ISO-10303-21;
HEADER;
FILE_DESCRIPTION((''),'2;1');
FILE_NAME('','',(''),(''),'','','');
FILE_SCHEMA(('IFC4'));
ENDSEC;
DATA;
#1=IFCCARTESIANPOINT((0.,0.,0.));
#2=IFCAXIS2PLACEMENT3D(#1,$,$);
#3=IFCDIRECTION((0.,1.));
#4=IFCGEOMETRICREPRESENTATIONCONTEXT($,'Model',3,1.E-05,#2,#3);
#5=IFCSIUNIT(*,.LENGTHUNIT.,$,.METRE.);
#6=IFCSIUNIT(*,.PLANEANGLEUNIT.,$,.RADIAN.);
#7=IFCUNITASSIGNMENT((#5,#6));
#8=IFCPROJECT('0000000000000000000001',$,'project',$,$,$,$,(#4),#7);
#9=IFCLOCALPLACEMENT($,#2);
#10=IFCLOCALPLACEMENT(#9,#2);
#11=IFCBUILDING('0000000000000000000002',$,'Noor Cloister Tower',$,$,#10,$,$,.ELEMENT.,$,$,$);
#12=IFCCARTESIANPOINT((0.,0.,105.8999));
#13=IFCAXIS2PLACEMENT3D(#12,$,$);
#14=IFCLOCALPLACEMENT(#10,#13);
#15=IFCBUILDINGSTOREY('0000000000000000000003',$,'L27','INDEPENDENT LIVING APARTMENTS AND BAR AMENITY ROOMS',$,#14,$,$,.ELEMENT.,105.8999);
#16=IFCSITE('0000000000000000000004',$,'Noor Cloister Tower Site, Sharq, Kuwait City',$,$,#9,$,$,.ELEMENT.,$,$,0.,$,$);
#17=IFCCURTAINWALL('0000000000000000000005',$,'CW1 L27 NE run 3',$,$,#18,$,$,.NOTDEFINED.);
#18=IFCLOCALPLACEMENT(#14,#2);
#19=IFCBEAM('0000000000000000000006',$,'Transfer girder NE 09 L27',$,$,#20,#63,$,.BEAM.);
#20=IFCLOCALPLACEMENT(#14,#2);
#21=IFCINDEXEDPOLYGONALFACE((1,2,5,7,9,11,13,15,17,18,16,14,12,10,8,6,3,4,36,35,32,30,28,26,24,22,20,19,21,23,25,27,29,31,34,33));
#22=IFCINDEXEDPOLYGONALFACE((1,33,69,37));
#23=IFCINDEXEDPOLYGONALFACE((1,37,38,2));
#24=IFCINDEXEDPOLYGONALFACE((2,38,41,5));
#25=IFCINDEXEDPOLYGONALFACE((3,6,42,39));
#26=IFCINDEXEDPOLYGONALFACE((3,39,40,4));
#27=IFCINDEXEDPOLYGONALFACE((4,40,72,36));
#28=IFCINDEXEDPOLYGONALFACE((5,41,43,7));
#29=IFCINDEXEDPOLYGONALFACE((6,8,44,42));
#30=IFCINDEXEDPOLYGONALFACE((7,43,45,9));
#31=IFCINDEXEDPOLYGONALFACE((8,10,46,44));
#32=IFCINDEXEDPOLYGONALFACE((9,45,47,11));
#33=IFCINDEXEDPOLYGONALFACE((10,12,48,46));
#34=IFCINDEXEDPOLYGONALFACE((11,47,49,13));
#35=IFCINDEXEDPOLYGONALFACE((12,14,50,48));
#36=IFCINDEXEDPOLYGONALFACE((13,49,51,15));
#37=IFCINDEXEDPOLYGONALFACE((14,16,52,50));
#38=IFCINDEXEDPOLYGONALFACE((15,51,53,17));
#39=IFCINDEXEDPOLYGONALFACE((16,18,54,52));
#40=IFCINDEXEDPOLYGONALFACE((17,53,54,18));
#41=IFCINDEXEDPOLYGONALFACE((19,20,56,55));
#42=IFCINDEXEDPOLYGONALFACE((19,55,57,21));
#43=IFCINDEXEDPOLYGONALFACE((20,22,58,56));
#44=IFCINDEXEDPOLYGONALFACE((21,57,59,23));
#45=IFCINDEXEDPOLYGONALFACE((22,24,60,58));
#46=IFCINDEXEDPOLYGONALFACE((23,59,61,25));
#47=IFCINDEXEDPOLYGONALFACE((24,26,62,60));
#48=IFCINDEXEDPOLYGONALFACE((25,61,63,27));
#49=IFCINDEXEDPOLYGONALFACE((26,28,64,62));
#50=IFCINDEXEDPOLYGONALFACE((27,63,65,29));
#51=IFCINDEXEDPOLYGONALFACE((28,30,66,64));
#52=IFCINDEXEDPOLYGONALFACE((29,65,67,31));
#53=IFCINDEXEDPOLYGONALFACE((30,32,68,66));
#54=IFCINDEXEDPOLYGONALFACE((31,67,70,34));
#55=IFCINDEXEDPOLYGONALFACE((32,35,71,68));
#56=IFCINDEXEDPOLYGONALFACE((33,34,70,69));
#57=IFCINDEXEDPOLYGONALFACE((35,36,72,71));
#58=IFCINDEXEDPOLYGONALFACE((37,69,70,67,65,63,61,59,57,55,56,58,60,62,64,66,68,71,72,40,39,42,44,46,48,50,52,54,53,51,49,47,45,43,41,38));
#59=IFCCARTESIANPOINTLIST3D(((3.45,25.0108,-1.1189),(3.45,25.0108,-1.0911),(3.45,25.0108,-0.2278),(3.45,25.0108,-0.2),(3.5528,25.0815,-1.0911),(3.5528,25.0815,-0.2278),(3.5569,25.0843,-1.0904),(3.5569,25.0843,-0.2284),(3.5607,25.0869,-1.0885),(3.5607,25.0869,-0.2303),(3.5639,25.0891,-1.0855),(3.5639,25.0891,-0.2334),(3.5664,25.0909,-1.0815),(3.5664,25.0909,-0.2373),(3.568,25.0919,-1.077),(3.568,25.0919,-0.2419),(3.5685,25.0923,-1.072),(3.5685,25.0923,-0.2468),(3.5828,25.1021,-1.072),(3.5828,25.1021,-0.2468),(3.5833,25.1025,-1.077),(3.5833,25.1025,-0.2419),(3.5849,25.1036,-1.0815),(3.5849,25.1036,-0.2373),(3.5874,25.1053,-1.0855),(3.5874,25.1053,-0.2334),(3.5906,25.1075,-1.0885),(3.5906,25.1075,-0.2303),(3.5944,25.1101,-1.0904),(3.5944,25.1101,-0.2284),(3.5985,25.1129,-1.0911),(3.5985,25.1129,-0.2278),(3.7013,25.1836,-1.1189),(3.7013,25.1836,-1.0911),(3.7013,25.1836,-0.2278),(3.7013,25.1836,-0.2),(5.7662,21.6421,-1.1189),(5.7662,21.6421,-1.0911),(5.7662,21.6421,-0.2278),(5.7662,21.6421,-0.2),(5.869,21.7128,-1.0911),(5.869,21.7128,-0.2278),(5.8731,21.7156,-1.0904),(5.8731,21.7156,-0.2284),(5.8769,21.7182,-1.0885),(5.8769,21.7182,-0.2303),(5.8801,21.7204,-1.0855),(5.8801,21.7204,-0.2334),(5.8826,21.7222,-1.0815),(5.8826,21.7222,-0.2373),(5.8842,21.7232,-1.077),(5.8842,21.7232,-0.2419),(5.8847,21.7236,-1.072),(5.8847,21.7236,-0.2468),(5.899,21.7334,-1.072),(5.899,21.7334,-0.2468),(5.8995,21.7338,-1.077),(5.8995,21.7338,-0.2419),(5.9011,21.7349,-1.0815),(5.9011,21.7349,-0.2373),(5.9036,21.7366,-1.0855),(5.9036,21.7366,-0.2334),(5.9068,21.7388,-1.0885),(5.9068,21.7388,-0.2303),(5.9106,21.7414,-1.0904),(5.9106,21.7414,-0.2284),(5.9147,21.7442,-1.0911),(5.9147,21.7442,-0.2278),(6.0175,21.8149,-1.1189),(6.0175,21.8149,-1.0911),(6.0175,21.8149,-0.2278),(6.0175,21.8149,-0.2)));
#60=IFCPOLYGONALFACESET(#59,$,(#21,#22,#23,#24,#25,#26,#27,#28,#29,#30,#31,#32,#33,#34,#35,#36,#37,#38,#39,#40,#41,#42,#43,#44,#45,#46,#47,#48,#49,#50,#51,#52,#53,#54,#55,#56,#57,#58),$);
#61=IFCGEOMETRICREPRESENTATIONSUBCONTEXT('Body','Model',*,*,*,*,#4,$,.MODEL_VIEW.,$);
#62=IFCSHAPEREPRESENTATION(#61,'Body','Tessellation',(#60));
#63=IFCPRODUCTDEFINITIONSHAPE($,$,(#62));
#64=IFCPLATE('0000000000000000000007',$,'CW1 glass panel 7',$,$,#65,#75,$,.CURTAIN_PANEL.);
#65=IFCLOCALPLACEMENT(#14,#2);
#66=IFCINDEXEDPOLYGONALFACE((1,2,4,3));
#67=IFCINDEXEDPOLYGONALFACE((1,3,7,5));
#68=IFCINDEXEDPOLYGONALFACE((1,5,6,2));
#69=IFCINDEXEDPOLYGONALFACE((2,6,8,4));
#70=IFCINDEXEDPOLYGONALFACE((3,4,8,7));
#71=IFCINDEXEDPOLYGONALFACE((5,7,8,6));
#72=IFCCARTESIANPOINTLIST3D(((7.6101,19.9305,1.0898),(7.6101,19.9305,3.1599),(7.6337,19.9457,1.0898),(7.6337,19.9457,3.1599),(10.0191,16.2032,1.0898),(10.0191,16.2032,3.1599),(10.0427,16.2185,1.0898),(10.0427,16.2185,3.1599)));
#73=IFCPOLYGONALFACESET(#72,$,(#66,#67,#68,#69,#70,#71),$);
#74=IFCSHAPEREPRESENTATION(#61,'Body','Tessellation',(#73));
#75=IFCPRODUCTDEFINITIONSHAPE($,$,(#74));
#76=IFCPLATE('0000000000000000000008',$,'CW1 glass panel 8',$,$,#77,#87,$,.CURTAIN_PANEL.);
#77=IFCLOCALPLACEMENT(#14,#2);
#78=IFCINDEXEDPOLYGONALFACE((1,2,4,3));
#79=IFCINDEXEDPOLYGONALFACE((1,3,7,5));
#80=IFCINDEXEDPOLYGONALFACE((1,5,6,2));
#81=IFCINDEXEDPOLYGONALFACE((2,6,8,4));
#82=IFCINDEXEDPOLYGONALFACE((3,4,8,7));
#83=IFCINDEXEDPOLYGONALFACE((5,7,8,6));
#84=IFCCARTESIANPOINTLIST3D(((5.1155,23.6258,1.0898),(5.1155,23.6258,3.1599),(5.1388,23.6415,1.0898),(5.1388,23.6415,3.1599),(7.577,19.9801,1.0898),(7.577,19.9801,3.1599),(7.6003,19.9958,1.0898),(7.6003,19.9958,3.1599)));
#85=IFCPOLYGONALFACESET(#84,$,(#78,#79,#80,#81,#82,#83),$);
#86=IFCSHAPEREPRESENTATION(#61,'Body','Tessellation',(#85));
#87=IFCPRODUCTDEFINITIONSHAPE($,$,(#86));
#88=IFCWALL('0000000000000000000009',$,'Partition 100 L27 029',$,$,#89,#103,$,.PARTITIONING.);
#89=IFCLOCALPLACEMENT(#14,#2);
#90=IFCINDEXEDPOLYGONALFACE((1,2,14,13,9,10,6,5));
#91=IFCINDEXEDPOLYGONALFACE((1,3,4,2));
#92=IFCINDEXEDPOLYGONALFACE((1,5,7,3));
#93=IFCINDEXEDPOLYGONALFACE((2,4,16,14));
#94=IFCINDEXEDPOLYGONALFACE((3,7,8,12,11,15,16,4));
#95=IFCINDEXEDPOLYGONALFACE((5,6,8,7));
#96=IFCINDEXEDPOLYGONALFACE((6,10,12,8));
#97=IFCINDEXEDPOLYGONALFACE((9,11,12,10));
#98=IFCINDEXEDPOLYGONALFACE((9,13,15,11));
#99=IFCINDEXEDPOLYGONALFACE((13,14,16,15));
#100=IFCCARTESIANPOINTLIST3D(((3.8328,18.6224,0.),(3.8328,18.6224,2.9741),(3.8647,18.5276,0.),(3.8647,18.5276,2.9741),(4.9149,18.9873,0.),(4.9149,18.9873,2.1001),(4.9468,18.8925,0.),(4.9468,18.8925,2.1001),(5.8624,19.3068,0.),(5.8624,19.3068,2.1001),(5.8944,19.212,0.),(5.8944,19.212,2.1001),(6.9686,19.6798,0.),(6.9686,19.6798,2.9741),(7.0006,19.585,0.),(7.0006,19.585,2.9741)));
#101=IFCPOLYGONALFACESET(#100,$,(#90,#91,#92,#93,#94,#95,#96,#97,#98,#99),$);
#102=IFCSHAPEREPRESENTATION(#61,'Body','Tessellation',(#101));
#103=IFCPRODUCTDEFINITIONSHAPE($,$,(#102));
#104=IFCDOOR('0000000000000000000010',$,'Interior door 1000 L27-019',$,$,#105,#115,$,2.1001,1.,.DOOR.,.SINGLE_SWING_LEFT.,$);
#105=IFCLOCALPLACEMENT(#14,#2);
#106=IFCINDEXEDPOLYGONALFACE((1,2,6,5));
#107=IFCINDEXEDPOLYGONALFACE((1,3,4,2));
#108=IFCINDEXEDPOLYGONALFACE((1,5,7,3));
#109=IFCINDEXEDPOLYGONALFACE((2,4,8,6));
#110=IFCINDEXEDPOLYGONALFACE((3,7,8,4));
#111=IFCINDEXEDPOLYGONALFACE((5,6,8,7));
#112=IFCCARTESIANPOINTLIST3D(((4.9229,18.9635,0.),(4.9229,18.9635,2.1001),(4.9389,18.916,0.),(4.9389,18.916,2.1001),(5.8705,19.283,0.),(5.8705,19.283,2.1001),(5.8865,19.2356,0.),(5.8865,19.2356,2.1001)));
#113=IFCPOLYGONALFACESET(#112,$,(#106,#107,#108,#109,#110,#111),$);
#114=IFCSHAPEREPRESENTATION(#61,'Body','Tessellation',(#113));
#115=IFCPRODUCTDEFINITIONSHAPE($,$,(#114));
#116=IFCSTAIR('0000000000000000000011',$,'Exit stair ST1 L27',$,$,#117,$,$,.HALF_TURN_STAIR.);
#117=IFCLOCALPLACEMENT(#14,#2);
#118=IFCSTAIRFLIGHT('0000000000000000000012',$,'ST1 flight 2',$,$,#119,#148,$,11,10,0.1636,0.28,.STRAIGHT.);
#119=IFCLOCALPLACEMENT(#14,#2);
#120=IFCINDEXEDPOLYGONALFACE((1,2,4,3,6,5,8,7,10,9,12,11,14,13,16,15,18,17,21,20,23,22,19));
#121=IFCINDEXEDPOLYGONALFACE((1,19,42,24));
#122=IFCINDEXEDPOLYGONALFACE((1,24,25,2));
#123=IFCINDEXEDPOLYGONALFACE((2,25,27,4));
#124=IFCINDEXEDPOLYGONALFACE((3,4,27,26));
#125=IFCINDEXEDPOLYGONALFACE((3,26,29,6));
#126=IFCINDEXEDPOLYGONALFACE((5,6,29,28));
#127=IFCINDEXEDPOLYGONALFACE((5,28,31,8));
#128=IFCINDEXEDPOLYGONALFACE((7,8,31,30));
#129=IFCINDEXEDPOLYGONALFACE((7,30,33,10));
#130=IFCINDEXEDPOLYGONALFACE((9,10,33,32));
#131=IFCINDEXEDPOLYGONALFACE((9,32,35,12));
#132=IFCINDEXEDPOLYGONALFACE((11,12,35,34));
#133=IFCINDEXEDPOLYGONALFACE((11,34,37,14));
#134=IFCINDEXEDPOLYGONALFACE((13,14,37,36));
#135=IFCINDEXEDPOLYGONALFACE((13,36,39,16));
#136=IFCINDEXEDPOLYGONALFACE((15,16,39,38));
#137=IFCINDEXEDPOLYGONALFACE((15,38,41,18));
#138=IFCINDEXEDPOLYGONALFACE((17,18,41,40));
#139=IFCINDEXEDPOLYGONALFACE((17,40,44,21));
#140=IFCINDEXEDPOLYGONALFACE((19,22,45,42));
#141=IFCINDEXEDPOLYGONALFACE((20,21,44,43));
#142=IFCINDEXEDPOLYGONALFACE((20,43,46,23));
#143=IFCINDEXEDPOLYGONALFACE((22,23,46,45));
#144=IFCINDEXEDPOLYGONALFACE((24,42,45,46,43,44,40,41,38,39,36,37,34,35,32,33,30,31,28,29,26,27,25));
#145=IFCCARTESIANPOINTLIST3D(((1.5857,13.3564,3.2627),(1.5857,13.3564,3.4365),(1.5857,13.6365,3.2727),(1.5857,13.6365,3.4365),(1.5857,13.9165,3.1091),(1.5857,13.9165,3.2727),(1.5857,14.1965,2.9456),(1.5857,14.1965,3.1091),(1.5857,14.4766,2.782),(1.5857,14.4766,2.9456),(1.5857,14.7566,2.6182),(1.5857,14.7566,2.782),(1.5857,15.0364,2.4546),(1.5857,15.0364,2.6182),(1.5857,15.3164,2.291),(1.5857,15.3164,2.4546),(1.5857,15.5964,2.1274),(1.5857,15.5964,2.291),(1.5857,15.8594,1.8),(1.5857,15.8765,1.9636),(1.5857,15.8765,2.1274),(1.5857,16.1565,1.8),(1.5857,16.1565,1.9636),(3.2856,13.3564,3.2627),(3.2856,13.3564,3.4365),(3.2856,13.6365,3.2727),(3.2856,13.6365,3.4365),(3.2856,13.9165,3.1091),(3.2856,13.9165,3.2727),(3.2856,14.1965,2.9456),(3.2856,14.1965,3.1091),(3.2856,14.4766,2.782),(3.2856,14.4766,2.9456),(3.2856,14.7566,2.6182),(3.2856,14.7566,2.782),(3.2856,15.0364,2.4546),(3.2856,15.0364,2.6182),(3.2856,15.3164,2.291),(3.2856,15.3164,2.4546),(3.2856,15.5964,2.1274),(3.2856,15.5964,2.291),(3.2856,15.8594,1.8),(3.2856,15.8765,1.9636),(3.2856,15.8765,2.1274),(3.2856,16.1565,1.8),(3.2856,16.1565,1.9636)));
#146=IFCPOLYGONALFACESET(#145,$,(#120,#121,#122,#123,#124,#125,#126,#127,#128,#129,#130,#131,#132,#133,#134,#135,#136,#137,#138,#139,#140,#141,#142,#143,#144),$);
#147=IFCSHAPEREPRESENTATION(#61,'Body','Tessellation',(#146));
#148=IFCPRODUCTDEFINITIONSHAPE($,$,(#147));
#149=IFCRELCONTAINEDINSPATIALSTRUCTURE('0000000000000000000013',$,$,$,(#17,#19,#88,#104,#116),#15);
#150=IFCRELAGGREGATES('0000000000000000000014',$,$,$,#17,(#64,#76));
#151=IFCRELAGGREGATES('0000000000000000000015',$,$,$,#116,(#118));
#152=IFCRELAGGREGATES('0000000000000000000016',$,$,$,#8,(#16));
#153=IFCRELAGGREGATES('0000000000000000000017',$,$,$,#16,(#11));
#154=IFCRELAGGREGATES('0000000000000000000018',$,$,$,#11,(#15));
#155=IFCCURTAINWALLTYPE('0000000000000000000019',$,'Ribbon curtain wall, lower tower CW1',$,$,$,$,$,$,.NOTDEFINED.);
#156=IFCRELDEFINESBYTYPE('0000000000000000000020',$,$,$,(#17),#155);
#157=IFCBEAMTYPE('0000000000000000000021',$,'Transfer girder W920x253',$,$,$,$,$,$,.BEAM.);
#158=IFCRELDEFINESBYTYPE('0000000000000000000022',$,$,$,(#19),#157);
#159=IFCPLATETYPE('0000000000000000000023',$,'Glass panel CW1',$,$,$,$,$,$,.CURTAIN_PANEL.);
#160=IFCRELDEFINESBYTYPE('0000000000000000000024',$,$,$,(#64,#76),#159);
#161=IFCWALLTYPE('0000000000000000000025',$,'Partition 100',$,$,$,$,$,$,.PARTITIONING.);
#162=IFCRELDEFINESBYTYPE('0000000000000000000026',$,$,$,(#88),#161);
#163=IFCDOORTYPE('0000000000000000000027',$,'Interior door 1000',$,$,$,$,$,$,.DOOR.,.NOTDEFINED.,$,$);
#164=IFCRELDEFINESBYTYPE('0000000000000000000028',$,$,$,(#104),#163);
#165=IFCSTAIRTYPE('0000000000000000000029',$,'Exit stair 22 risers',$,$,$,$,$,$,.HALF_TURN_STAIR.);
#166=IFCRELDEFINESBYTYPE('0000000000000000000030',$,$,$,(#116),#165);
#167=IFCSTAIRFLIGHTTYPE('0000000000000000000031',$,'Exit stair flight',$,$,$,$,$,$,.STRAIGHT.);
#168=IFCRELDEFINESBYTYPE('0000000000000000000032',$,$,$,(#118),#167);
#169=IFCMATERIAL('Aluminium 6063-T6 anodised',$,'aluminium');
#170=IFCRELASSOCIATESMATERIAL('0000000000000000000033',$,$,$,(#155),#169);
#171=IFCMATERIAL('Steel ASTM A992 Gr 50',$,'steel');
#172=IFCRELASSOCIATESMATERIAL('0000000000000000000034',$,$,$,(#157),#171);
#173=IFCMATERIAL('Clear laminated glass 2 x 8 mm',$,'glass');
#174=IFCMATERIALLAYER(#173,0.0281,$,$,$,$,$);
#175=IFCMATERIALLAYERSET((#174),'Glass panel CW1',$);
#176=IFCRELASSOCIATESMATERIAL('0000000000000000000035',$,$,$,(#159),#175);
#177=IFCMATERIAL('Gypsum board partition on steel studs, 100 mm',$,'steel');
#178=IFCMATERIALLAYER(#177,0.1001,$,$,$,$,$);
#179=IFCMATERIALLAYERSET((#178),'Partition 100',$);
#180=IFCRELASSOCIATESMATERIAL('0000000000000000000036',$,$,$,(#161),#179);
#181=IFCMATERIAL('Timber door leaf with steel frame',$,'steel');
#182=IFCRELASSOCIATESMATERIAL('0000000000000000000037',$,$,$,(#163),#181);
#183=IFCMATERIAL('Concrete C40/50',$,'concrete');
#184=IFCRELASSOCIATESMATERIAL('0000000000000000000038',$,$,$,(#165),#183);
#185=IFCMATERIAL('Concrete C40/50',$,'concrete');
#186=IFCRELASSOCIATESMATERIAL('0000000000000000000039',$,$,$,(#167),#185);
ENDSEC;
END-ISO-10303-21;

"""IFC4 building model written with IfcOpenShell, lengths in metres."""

from ifc_helpers import new_model, si_unit, direction, frame, frame_2d, origin, origin_2d, place, context, subcontext, project, spatial, polyline, rectangle, i_section, outline, extrude, material, layer, layer_set, material_profile, profile_set, type_object, element, fill, aggregate, save


model = new_model("IFC4")

# Units and contexts
model_context = context("Model", 3, precision=1e-05, world=origin(), true_north=direction((0.0, 1.0)))
body_context = subcontext(model_context, "Body", "Model", "MODEL_VIEW")
ifc_project = project(units=[si_unit("LENGTHUNIT", "METRE"), si_unit("PLANEANGLEUNIT", "RADIAN")], contexts=[model_context])

# Site, building, storey
site_placement = place(None, origin())
site = spatial("IfcSite", under=ifc_project, at=site_placement, Name="Noor Cloister Tower Site, Sharq, Kuwait City", CompositionType="ELEMENT", RefElevation=0.0)
building_placement = place(site_placement, origin())
building = spatial("IfcBuilding", under=site, at=building_placement, Name="Noor Cloister Tower", CompositionType="ELEMENT")
storey_placement = place(building_placement, frame((0.0, 0.0, 105.8999)))
storey = spatial("IfcBuildingStorey", under=building, at=storey_placement, Name="L27", Description="INDEPENDENT LIVING APARTMENTS AND BAR AMENITY ROOMS", CompositionType="ELEMENT", Elevation=105.8999)

# Curtain wall
ifc_material_1 = material(Name="Aluminium 6063-T6 anodised", Category="aluminium")
curtain_wall_type = type_object("IfcCurtainWallType", Name="Ribbon curtain wall, lower tower CW1", PredefinedType="NOTDEFINED", material=ifc_material_1)
curtain_wall_placement = place(storey_placement, origin())
curtain_wall = element("IfcCurtainWall", 1, at=curtain_wall_placement, inside=storey, type_object=curtain_wall_type, Name="CW1 L27 NE run 3", PredefinedType="NOTDEFINED")

# Beam
ifc_material_2 = material(Name="Steel ASTM A992 Gr 50", Category="steel")
ifc_material_profile_1 = material_profile(ifc_material_2, i_section(OverallWidth=0.3049, OverallDepth=0.9189, WebThickness=0.0173, FlangeThickness=0.0278, FilletRadius=0.019, at=origin_2d()), Name="W920x253")
ifc_profile_set_1 = profile_set([ifc_material_profile_1], Name="Steel ASTM A992 Gr 50")
beam_type_1 = type_object("IfcBeamType", Name="Transfer girder W920x253", PredefinedType="BEAM", material=ifc_profile_set_1)
beam_1_placement = place(storey_placement, frame((5.8918, 21.7285, -0.6594), z_axis=(-0.566564, 0.824018, 0.0), x_axis=(-0.824018, -0.566564, 0.0)))
element("IfcBeam", 2, at=beam_1_placement, inside=storey, type_object=beam_type_1, Name="Transfer girder NE 09 L27", PredefinedType="BEAM", context=body_context, shape_type="SweptSolid", body=[
    extrude(i_section(OverallWidth=0.3049, OverallDepth=0.9189, WebThickness=0.0173, FlangeThickness=0.0278, FilletRadius=0.019, at=origin_2d()), origin(), (0.0, 0.0, 1.0), 4.0881),
])

# Plates
ifc_material_3 = material(Name="Clear laminated glass 2 x 8 mm", Category="glass")
ifc_layer_1 = layer(ifc_material_3, 0.0281)
ifc_layer_set_1 = layer_set([ifc_layer_1], Name="Glass panel CW1")
plate_type = type_object("IfcPlateType", Name="Glass panel CW1", PredefinedType="CURTAIN_PANEL", material=ifc_layer_set_1)
plate_1_placement = place(storey_placement, frame((8.8264, 18.0745, 1.0898), z_axis=(0.0, 0.0, 1.0), x_axis=(-0.542824, 0.839847, 0.0)))
plate_1 = element("IfcPlate", 3, at=plate_1_placement, type_object=plate_type, Name="CW1 glass panel 7", PredefinedType="CURTAIN_PANEL", context=body_context, shape_type="SweptSolid", body=[
    extrude(rectangle(XDim=4.438, YDim=0.0281, at=origin_2d()), origin(), (0.0, 0.0, 1.0), 2.0701),
])
plate_2_placement = place(storey_placement, frame((6.3579, 21.8108, 1.0898), z_axis=(0.0, 0.0, 1.0), x_axis=(-0.559576, 0.828779, 0.0)))
plate_2 = element("IfcPlate", 4, at=plate_2_placement, type_object=plate_type, Name="CW1 glass panel 8", PredefinedType="CURTAIN_PANEL", context=body_context, shape_type="SweptSolid", body=[
    extrude(rectangle(XDim=4.3989, YDim=0.0281, at=origin_2d()), origin(), (0.0, 0.0, 1.0), 2.0701),
])
aggregate(curtain_wall, [plate_1, plate_2])

# Wall, opening, door
ifc_material_4 = material(Name="Gypsum board partition on steel studs, 100 mm", Category="steel")
ifc_layer_2 = layer(ifc_material_4, 0.1001)
ifc_layer_set_2 = layer_set([ifc_layer_2], Name="Partition 100")
wall_type = type_object("IfcWallType", Name="Partition 100", PredefinedType="PARTITIONING", material=ifc_layer_set_2)
wall_placement = place(storey_placement, frame((3.8486, 18.575, 0.0), z_axis=(0.0, 0.0, 1.0), x_axis=(0.947578, 0.319524, 0.0)))
wall = element("IfcWall", 5, at=wall_placement, inside=storey, type_object=wall_type, Name="Partition 100 L27 029", PredefinedType="PARTITIONING", context=body_context, shape_type="SweptSolid", body=[
    extrude(rectangle(XDim=3.3093, YDim=0.1001, at=frame_2d((1.6548, 0.0))), origin(), (0.0, 0.0, 1.0), 2.9741),
])
opening_placement = place(wall_placement, frame((1.1421, 0.0, 0.0)))
opening = element("IfcOpeningElement", 6, at=opening_placement, cuts=wall, PredefinedType="OPENING", context=body_context, shape_type="SweptSolid", body=[
    extrude(rectangle(XDim=1.0, YDim=2.1001, at=frame_2d((0.5, 1.05))), frame((0.0, 0.0601, 0.0), z_axis=(0.0, -1.0, 0.0), x_axis=(1.0, 0.0, 0.0)), (0.0, 0.0, 1.0), 0.1201),
])
ifc_material_5 = material(Name="Timber door leaf with steel frame", Category="steel")
door_type = type_object("IfcDoorType", Name="Interior door 1000", OperationType="NOTDEFINED", PredefinedType="DOOR", material=ifc_material_5)
door_placement = place(opening_placement, origin())
door = element("IfcDoor", 7, at=door_placement, inside=storey, type_object=door_type, Name="Interior door 1000 L27-019", OperationType="SINGLE_SWING_LEFT", OverallHeight=2.1001, OverallWidth=1.0, PredefinedType="DOOR", context=body_context, shape_type="SweptSolid", body=[
    extrude(rectangle(XDim=1.0, YDim=2.1001, at=frame_2d((0.5, 1.05))), frame((0.0, 0.0249, 0.0), z_axis=(0.0, -1.0, 0.0), x_axis=(1.0, 0.0, 0.0)), (0.0, 0.0, 1.0), 0.05),
])
fill(opening, door)

# Stair, stair flight
ifc_material_6 = material(Name="Concrete C40/50", Category="concrete")
stair_type = type_object("IfcStairType", Name="Exit stair 22 risers", PredefinedType="HALF_TURN_STAIR", material=ifc_material_6)
stair_placement = place(storey_placement, origin())
stair = element("IfcStair", 8, at=stair_placement, inside=storey, type_object=stair_type, Name="Exit stair ST1 L27", PredefinedType="HALF_TURN_STAIR")
ifc_material_7 = material(Name="Concrete C40/50", Category="concrete")
stair_flight_type = type_object("IfcStairFlightType", Name="Exit stair flight", PredefinedType="STRAIGHT", material=ifc_material_7)
stair_flight_placement = place(storey_placement, frame((2.4355, 16.1565, 1.8), z_axis=(0.0, 0.0, 1.0), x_axis=(0.0, -1.0, 0.0)))
stair_flight = element("IfcStairFlight", 9, at=stair_flight_placement, type_object=stair_flight_type, Name="ST1 flight 2", NumberOfRisers=11, NumberOfTreads=10, PredefinedType="STRAIGHT", RiserHeight=0.1636, TreadLength=0.28, context=body_context, shape_type="SweptSolid", body=[
    extrude(outline(polyline([(0.0, 0.0), (0.0, 0.1636), (0.28, 0.1636), (0.28, 0.3274), (0.5601, 0.3274), (0.5601, 0.491), (0.8401, 0.491), (0.8401, 0.6545), (1.1201, 0.6545), (1.1201, 0.8181), (1.3999, 0.8181), (1.3999, 0.9819), (1.6799, 0.9819), (1.6799, 1.1455), (1.96, 1.1455), (1.96, 1.3091), (2.24, 1.3091), (2.24, 1.4727), (2.52, 1.4727), (2.52, 1.6365), (2.8, 1.6365), (2.8, 1.8), (2.8, 1.4626), (0.2971, 0.0), (0.0, 0.0)])), frame((0.0, 0.8501, 0.0), z_axis=(0.0, -1.0, 0.0), x_axis=(1.0, 0.0, 0.0)), (0.0, 0.0, 1.0), 1.7),
])
aggregate(stair, [stair_flight])

save(model, "model.ifc")
